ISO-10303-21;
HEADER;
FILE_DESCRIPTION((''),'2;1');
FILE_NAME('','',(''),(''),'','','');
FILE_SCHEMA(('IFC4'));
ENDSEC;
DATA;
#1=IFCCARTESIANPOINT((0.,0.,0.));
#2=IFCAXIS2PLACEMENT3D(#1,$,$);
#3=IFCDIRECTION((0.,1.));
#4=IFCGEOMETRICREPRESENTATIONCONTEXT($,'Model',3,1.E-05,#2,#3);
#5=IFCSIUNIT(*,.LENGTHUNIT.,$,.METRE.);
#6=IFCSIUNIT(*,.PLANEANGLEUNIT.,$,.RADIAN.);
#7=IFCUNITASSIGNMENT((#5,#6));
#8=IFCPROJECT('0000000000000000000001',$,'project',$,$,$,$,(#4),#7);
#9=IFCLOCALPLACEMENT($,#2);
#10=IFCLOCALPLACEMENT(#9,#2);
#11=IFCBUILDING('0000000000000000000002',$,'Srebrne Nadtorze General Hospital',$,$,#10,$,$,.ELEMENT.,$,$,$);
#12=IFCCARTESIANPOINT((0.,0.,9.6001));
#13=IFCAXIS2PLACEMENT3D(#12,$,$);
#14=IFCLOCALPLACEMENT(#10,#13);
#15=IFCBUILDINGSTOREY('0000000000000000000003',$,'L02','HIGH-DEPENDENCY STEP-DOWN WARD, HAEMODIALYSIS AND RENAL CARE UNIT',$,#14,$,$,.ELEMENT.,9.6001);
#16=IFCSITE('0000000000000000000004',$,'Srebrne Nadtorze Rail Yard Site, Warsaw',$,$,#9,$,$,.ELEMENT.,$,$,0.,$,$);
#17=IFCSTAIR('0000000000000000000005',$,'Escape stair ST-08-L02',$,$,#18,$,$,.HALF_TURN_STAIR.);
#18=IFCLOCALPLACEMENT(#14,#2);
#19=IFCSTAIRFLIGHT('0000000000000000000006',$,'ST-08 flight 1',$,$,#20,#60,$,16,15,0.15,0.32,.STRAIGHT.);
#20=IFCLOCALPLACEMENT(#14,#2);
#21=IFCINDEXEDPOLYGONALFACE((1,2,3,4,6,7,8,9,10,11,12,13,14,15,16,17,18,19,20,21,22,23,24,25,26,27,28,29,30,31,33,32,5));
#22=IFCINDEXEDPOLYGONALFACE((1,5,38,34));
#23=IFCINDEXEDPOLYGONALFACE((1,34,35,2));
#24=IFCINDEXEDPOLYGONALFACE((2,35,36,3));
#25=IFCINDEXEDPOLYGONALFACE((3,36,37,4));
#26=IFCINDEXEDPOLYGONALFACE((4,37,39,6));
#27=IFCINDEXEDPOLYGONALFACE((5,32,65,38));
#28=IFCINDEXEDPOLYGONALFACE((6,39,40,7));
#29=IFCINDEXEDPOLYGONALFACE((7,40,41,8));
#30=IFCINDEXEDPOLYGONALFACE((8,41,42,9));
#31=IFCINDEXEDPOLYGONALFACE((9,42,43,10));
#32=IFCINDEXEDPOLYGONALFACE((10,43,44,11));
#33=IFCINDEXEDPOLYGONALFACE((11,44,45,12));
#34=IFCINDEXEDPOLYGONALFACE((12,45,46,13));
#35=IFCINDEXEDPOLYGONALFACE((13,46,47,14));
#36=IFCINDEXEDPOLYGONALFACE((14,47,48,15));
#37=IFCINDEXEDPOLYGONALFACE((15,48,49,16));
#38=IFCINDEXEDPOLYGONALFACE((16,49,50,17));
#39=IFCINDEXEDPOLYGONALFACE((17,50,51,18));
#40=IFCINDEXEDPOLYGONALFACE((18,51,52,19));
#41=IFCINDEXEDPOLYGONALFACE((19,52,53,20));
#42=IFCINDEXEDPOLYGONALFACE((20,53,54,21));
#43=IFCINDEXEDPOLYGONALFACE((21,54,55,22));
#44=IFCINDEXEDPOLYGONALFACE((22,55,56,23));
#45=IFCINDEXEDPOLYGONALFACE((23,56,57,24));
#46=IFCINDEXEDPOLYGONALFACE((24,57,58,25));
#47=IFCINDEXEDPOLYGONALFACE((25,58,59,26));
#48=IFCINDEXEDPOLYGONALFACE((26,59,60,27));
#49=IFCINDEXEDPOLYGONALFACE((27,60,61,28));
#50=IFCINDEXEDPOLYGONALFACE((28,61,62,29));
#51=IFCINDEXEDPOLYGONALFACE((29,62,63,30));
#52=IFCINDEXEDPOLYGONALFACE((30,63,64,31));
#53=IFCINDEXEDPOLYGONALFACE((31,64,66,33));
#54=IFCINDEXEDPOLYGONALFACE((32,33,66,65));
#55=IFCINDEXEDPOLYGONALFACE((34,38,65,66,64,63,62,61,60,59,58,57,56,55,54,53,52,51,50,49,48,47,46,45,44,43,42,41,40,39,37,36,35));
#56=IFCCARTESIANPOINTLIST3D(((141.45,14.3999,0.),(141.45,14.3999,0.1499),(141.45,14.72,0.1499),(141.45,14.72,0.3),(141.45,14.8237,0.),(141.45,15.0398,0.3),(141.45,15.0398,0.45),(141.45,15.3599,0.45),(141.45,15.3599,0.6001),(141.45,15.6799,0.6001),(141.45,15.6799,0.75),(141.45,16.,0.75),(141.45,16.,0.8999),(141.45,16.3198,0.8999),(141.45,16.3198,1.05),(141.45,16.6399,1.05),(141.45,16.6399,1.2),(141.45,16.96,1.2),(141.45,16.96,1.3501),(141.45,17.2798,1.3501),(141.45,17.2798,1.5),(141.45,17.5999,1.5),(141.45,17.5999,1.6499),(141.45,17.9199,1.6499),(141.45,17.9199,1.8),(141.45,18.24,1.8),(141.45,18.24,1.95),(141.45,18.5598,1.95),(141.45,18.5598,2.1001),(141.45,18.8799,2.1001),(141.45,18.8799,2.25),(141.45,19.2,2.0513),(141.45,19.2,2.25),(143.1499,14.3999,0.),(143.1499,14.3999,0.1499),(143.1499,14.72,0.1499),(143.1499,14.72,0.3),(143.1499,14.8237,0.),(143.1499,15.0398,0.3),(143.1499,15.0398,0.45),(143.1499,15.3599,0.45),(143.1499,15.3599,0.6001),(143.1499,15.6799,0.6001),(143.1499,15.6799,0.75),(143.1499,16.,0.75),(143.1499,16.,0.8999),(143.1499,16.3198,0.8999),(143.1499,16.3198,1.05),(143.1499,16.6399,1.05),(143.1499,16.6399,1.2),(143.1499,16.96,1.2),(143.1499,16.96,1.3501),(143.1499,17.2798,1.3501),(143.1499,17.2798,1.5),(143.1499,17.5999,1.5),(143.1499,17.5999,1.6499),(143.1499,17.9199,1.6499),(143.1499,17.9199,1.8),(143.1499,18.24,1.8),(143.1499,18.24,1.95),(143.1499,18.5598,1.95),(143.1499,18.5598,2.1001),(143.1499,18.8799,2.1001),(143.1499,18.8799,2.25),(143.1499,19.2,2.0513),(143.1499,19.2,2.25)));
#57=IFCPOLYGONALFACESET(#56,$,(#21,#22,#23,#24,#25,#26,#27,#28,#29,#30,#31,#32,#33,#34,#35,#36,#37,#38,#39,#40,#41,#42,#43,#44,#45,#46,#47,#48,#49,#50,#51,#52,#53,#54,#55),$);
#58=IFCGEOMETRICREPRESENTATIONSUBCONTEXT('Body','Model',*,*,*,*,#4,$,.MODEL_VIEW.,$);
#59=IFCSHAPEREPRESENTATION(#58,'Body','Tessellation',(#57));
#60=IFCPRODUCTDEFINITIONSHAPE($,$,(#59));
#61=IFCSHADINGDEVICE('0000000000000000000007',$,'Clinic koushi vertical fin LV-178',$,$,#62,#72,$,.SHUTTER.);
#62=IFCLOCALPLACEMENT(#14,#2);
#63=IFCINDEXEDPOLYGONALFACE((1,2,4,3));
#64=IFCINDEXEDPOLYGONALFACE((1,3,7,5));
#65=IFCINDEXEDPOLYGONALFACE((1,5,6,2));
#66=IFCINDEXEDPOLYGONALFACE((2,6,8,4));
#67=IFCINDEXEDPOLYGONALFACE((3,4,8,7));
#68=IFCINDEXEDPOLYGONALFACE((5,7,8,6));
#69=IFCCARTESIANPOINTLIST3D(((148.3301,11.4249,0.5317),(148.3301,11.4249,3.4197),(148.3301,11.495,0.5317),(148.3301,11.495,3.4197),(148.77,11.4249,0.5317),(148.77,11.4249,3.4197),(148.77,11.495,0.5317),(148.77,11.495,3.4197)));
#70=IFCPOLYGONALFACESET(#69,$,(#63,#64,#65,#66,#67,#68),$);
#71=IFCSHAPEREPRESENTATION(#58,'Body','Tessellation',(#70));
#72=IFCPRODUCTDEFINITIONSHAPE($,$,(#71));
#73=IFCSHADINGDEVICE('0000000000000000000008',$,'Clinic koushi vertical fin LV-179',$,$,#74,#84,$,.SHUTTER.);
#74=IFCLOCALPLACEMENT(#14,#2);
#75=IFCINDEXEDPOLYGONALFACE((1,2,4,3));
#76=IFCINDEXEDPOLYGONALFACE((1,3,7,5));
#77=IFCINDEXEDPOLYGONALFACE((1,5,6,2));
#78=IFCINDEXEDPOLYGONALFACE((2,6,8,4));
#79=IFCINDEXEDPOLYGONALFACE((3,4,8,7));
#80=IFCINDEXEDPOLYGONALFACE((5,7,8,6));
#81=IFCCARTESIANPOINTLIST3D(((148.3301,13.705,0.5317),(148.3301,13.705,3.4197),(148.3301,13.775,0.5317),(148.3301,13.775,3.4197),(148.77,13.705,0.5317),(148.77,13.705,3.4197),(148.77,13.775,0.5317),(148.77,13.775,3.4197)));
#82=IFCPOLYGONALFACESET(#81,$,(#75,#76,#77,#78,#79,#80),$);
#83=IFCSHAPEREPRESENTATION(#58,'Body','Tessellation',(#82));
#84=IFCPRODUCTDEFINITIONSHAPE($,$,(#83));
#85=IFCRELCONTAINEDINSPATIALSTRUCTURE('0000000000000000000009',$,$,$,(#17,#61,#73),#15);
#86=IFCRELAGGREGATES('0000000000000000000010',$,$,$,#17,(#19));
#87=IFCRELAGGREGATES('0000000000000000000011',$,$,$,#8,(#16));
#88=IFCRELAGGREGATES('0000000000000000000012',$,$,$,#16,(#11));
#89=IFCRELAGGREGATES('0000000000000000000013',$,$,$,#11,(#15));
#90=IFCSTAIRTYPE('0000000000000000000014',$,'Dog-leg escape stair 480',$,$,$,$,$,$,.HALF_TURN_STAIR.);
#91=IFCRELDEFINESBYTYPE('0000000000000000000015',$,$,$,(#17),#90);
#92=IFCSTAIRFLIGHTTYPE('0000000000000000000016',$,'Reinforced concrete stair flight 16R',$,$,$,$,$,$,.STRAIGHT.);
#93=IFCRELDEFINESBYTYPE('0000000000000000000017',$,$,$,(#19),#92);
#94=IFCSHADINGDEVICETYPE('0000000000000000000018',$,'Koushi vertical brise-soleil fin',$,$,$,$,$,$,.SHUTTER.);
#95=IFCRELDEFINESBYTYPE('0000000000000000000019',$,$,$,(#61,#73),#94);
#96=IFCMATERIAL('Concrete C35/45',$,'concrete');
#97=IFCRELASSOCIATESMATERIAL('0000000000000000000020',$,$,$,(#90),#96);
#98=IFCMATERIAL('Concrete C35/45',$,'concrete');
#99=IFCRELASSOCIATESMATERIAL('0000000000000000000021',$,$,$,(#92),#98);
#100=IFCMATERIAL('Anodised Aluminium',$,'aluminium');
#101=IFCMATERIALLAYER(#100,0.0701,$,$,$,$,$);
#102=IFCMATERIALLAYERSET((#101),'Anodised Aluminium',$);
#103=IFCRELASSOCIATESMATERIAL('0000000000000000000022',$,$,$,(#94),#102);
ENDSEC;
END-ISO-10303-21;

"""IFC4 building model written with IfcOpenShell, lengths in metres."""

from ifc_helpers import new_model, si_unit, direction, frame, origin, origin_2d, place, context, subcontext, project, spatial, polyline, rectangle, outline, extrude, material, layer, layer_set, type_object, element, aggregate, save


model = new_model("IFC4")

# Units and contexts
model_context = context("Model", 3, precision=1e-05, world=origin(), true_north=direction((0.0, 1.0)))
body_context = subcontext(model_context, "Body", "Model", "MODEL_VIEW")
ifc_project = project(units=[si_unit("LENGTHUNIT", "METRE"), si_unit("PLANEANGLEUNIT", "RADIAN")], contexts=[model_context])

# Site, building, storey
site_placement = place(None, origin())
site = spatial("IfcSite", under=ifc_project, at=site_placement, Name="Srebrne Nadtorze Rail Yard Site, Warsaw", CompositionType="ELEMENT", RefElevation=0.0)
building_placement = place(site_placement, origin())
building = spatial("IfcBuilding", under=site, at=building_placement, Name="Srebrne Nadtorze General Hospital", CompositionType="ELEMENT")
storey_placement = place(building_placement, frame((0.0, 0.0, 9.6001)))
storey = spatial("IfcBuildingStorey", under=building, at=storey_placement, Name="L02", Description="HIGH-DEPENDENCY STEP-DOWN WARD, HAEMODIALYSIS AND RENAL CARE UNIT", CompositionType="ELEMENT", Elevation=9.6001)

# Stair, stair flight
ifc_material_1 = material(Name="Concrete C35/45", Category="concrete")
stair_type = type_object("IfcStairType", Name="Dog-leg escape stair 480", PredefinedType="HALF_TURN_STAIR", material=ifc_material_1)
stair_placement = place(storey_placement, origin())
stair = element("IfcStair", 1, at=stair_placement, inside=storey, type_object=stair_type, Name="Escape stair ST-08-L02", PredefinedType="HALF_TURN_STAIR")
ifc_material_2 = material(Name="Concrete C35/45", Category="concrete")
stair_flight_type = type_object("IfcStairFlightType", Name="Reinforced concrete stair flight 16R", PredefinedType="STRAIGHT", material=ifc_material_2)
stair_flight_placement = place(storey_placement, frame((142.3, 14.3999, 0.0), z_axis=(0.0, 0.0, 1.0), x_axis=(0.0, 1.0, 0.0)))
stair_flight = element("IfcStairFlight", 2, at=stair_flight_placement, type_object=stair_flight_type, Name="ST-08 flight 1", NumberOfRisers=16, NumberOfTreads=15, PredefinedType="STRAIGHT", RiserHeight=0.15, TreadLength=0.32, context=body_context, shape_type="SweptSolid", body=[
    extrude(outline(polyline([(0.0, 0.0), (0.0, 0.1499), (0.3201, 0.1499), (0.3201, 0.3), (0.6399, 0.3), (0.6399, 0.45), (0.96, 0.45), (0.96, 0.6001), (1.28, 0.6001), (1.28, 0.75), (1.6001, 0.75), (1.6001, 0.8999), (1.9199, 0.8999), (1.9199, 1.05), (2.24, 1.05), (2.24, 1.2), (2.5601, 1.2), (2.5601, 1.3501), (2.8799, 1.3501), (2.8799, 1.5), (3.2, 1.5), (3.2, 1.6499), (3.52, 1.6499), (3.52, 1.8), (3.8401, 1.8), (3.8401, 1.95), (4.1599, 1.95), (4.1599, 2.1001), (4.48, 2.1001), (4.48, 2.25), (4.8, 2.25), (4.8, 2.3999), (4.8, 2.0513), (0.4238, 0.0), (0.0, 0.0)])), frame((0.0, 0.8501, 0.0), z_axis=(0.0, -1.0, 0.0), x_axis=(1.0, 0.0, 0.0)), (0.0, 0.0, 1.0), 1.7),
])
aggregate(stair, [stair_flight])

# Shading devices
ifc_material_3 = material(Name="Anodised Aluminium", Category="aluminium")
ifc_layer_1 = layer(ifc_material_3, 0.0701)
ifc_layer_set_1 = layer_set([ifc_layer_1], Name="Anodised Aluminium")
shading_device_type = type_object("IfcShadingDeviceType", Name="Koushi vertical brise-soleil fin", PredefinedType="SHUTTER", material=ifc_layer_set_1)
for number, where, z_axis, x_axis, name in (
    (3, (148.55, 11.46, 0.5317), (0.0, 0.0, 1.0), (1.0, 0.0, 0.0), "Clinic koushi vertical fin LV-178"),
    (4, (148.55, 13.74, 0.5317), (0.0, 0.0, 1.0), (1.0, 0.0, 0.0), "Clinic koushi vertical fin LV-179"),
):
    element("IfcShadingDevice", number, at=place(storey_placement, frame(where, z_axis=z_axis, x_axis=x_axis)), inside=storey, type_object=shading_device_type, Name=name, PredefinedType="SHUTTER", context=body_context, shape_type="SweptSolid", body=[
        extrude(rectangle(XDim=0.4399, YDim=0.0701, at=origin_2d()), origin(), (0.0, 0.0, 1.0), 2.8879),
    ])

save(model, "model.ifc")
